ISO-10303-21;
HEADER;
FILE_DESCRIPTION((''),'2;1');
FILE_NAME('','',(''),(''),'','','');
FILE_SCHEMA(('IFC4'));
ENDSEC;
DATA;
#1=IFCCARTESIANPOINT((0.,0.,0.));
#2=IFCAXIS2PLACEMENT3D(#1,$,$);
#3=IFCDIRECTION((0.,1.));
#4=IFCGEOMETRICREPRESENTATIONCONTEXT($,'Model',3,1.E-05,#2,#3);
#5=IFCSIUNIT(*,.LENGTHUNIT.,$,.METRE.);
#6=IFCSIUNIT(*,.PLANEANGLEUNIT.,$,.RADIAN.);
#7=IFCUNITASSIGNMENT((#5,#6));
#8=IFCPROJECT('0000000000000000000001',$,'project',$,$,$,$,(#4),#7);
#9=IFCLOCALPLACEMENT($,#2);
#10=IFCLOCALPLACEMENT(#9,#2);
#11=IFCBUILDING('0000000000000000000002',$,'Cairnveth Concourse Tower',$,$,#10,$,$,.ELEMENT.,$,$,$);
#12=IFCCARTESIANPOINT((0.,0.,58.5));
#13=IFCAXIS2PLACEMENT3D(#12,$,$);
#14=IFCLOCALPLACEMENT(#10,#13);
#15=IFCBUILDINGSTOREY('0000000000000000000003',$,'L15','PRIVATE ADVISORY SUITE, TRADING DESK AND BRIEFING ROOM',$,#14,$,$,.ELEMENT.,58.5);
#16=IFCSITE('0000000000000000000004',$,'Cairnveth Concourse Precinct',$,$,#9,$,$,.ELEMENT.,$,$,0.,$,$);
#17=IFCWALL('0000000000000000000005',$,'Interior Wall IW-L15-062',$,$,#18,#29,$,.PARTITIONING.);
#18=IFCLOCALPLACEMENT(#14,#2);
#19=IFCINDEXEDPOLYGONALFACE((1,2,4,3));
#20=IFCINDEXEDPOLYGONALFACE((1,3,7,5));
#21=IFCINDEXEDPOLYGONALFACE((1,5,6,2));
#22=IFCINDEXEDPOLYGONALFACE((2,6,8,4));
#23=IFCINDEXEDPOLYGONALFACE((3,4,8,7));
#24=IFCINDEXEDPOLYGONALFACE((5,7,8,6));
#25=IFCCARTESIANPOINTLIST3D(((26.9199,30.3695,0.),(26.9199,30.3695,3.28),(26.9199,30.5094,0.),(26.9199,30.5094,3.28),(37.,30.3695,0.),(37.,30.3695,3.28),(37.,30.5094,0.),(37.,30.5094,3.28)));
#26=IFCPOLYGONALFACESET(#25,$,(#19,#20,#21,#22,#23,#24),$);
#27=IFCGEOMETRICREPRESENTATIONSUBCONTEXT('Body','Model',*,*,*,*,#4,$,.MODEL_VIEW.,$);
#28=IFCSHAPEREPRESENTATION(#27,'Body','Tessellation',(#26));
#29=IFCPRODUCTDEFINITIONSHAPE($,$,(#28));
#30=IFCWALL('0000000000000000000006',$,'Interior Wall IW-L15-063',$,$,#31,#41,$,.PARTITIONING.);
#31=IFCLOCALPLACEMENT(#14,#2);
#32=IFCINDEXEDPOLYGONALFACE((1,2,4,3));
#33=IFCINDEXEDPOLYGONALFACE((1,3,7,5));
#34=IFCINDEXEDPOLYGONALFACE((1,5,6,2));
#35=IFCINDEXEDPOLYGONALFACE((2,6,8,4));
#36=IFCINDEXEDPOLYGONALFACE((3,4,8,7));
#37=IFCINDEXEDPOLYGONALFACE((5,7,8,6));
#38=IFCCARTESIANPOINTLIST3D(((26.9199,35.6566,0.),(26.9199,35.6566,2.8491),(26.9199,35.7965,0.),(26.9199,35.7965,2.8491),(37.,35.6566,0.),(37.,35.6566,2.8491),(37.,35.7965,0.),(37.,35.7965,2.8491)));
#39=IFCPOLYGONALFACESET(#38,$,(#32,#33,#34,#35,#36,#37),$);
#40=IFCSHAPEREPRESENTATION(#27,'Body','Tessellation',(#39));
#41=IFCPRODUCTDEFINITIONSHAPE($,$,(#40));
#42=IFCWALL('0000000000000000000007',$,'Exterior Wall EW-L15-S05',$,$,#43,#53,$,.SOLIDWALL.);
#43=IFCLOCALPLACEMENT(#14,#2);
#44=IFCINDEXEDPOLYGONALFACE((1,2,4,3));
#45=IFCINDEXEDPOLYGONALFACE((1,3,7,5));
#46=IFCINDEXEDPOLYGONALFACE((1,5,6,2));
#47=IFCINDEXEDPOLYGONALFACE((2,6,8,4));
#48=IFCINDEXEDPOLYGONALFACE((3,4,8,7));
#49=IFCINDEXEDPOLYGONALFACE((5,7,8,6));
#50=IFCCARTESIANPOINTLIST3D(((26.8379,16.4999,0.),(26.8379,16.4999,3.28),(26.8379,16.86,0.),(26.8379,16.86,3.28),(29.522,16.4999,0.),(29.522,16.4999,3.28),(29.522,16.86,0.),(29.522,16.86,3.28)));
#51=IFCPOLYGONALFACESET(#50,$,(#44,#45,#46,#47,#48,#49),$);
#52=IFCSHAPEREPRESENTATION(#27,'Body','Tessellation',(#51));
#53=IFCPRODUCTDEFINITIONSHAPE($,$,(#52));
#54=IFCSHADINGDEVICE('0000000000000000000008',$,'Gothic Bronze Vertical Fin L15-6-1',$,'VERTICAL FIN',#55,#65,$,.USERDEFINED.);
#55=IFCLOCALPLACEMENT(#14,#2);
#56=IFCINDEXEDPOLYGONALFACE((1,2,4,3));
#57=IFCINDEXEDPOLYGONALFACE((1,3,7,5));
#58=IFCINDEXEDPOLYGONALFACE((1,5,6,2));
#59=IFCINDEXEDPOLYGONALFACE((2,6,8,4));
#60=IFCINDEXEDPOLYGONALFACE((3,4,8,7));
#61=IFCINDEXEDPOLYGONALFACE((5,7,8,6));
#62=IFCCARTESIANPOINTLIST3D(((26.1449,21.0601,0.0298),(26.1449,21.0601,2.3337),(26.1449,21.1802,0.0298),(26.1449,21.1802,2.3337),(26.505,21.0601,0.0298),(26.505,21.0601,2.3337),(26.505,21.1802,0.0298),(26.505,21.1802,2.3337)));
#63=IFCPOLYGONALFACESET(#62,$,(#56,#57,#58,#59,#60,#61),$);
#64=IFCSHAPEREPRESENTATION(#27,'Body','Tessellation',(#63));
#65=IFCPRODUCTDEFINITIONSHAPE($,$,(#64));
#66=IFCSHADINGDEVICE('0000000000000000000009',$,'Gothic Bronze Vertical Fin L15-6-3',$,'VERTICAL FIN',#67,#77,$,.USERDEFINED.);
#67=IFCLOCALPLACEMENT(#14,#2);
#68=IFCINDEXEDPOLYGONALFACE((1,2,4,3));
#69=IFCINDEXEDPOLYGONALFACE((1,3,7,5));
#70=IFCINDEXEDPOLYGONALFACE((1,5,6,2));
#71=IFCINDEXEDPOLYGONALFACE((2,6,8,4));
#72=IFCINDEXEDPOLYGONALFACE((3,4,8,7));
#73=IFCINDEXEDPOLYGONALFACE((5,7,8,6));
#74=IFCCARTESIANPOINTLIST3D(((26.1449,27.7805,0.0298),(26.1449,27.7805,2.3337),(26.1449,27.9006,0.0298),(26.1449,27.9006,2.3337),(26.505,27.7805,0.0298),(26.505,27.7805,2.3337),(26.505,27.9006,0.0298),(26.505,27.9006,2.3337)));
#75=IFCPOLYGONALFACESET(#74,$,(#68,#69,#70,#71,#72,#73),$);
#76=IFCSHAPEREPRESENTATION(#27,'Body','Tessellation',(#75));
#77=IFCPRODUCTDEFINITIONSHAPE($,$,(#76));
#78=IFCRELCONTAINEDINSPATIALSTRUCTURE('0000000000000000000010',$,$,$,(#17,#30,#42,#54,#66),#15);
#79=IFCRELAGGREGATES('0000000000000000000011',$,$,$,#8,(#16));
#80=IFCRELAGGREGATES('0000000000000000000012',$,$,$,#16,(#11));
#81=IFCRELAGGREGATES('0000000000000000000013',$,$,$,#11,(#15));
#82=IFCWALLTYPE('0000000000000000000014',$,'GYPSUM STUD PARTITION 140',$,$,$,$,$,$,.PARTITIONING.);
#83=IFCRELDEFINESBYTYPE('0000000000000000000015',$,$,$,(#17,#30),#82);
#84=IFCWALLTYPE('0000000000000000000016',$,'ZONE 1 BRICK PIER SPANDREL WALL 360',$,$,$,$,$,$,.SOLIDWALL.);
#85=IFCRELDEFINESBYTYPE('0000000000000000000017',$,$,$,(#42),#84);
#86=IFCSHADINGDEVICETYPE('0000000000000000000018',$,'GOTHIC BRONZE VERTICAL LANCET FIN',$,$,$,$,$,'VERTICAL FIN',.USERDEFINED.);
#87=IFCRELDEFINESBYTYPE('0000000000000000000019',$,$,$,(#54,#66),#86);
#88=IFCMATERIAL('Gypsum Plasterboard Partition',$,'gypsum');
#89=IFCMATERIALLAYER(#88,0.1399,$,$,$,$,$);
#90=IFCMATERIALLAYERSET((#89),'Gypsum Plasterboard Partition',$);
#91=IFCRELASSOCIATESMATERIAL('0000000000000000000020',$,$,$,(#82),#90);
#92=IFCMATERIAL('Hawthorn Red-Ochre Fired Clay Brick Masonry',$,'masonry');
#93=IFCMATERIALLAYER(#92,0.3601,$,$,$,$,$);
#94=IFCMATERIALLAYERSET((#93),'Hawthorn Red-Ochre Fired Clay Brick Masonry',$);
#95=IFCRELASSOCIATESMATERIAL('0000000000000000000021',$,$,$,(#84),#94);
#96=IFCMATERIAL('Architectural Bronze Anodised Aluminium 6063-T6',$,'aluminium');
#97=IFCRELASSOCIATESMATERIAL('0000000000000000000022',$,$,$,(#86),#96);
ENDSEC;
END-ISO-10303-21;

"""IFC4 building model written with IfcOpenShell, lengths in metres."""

from ifc_helpers import new_model, si_unit, direction, frame, frame_2d, origin, origin_2d, place, context, subcontext, project, spatial, rectangle, extrude, material, layer, layer_set, type_object, element, save


model = new_model("IFC4")

# Units and contexts
model_context = context("Model", 3, precision=1e-05, world=origin(), true_north=direction((0.0, 1.0)))
body_context = subcontext(model_context, "Body", "Model", "MODEL_VIEW")
ifc_project = project(units=[si_unit("LENGTHUNIT", "METRE"), si_unit("PLANEANGLEUNIT", "RADIAN")], contexts=[model_context])

# Site, building, storey
site_placement = place(None, origin())
site = spatial("IfcSite", under=ifc_project, at=site_placement, Name="Cairnveth Concourse Precinct", CompositionType="ELEMENT", RefElevation=0.0)
building_placement = place(site_placement, origin())
building = spatial("IfcBuilding", under=site, at=building_placement, Name="Cairnveth Concourse Tower", CompositionType="ELEMENT")
storey_placement = place(building_placement, frame((0.0, 0.0, 58.5)))
storey = spatial("IfcBuildingStorey", under=building, at=storey_placement, Name="L15", Description="PRIVATE ADVISORY SUITE, TRADING DESK AND BRIEFING ROOM", CompositionType="ELEMENT", Elevation=58.5)

# Walls
ifc_material_1 = material(Name="Gypsum Plasterboard Partition", Category="gypsum")
ifc_layer_1 = layer(ifc_material_1, 0.1399)
ifc_layer_set_1 = layer_set([ifc_layer_1], Name="Gypsum Plasterboard Partition")
wall_type_1 = type_object("IfcWallType", Name="GYPSUM STUD PARTITION 140", PredefinedType="PARTITIONING", material=ifc_layer_set_1)
wall_1_placement = place(storey_placement, frame((26.9199, 30.4395, 0.0), z_axis=(0.0, 0.0, 1.0), x_axis=(1.0, 0.0, 0.0)))
element("IfcWall", 1, at=wall_1_placement, inside=storey, type_object=wall_type_1, Name="Interior Wall IW-L15-062", PredefinedType="PARTITIONING", context=body_context, shape_type="SweptSolid", body=[
    extrude(rectangle(XDim=10.0801, YDim=0.1399, at=frame_2d((5.04, 0.0))), origin(), (0.0, 0.0, 1.0), 3.28),
])
wall_2_placement = place(storey_placement, frame((26.9199, 35.7266, 0.0), z_axis=(0.0, 0.0, 1.0), x_axis=(1.0, 0.0, 0.0)))
element("IfcWall", 2, at=wall_2_placement, inside=storey, type_object=wall_type_1, Name="Interior Wall IW-L15-063", PredefinedType="PARTITIONING", context=body_context, shape_type="SweptSolid", body=[
    extrude(rectangle(XDim=10.0801, YDim=0.1399, at=frame_2d((5.04, 0.0))), origin(), (0.0, 0.0, 1.0), 2.8491),
])
ifc_material_2 = material(Name="Hawthorn Red-Ochre Fired Clay Brick Masonry", Category="masonry")
ifc_layer_2 = layer(ifc_material_2, 0.3601)
ifc_layer_set_2 = layer_set([ifc_layer_2], Name="Hawthorn Red-Ochre Fired Clay Brick Masonry")
wall_type_2 = type_object("IfcWallType", Name="ZONE 1 BRICK PIER SPANDREL WALL 360", PredefinedType="SOLIDWALL", material=ifc_layer_set_2)
wall_3_placement = place(storey_placement, frame((29.522, 16.6799, 0.0), z_axis=(0.0, 0.0, 1.0), x_axis=(-1.0, 0.0, 0.0)))
element("IfcWall", 3, at=wall_3_placement, inside=storey, type_object=wall_type_2, Name="Exterior Wall EW-L15-S05", PredefinedType="SOLIDWALL", context=body_context, shape_type="SweptSolid", body=[
    extrude(rectangle(XDim=2.6841, YDim=0.3601, at=frame_2d((1.342, 0.0))), origin(), (0.0, 0.0, 1.0), 3.28),
])

# Shading devices
ifc_material_3 = material(Name="Architectural Bronze Anodised Aluminium 6063-T6", Category="aluminium")
shading_device_type = type_object("IfcShadingDeviceType", Name="GOTHIC BRONZE VERTICAL LANCET FIN", ElementType="VERTICAL FIN", PredefinedType="USERDEFINED", material=ifc_material_3)
for number, where, z_axis, x_axis, name in (
    (4, (26.325, 21.1201, 0.0298), (0.0, 0.0, 1.0), (0.0, 1.0, 0.0), "Gothic Bronze Vertical Fin L15-6-1"),
    (5, (26.325, 27.8406, 0.0298), (0.0, 0.0, 1.0), (0.0, 1.0, 0.0), "Gothic Bronze Vertical Fin L15-6-3"),
):
    element("IfcShadingDevice", number, at=place(storey_placement, frame(where, z_axis=z_axis, x_axis=x_axis)), inside=storey, type_object=shading_device_type, Name=name, ObjectType="VERTICAL FIN", PredefinedType="USERDEFINED", context=body_context, shape_type="SweptSolid", body=[
        extrude(rectangle(XDim=0.1201, YDim=0.3601, at=origin_2d()), origin(), (0.0, 0.0, 1.0), 2.304),
    ])

save(model, "model.ifc")
